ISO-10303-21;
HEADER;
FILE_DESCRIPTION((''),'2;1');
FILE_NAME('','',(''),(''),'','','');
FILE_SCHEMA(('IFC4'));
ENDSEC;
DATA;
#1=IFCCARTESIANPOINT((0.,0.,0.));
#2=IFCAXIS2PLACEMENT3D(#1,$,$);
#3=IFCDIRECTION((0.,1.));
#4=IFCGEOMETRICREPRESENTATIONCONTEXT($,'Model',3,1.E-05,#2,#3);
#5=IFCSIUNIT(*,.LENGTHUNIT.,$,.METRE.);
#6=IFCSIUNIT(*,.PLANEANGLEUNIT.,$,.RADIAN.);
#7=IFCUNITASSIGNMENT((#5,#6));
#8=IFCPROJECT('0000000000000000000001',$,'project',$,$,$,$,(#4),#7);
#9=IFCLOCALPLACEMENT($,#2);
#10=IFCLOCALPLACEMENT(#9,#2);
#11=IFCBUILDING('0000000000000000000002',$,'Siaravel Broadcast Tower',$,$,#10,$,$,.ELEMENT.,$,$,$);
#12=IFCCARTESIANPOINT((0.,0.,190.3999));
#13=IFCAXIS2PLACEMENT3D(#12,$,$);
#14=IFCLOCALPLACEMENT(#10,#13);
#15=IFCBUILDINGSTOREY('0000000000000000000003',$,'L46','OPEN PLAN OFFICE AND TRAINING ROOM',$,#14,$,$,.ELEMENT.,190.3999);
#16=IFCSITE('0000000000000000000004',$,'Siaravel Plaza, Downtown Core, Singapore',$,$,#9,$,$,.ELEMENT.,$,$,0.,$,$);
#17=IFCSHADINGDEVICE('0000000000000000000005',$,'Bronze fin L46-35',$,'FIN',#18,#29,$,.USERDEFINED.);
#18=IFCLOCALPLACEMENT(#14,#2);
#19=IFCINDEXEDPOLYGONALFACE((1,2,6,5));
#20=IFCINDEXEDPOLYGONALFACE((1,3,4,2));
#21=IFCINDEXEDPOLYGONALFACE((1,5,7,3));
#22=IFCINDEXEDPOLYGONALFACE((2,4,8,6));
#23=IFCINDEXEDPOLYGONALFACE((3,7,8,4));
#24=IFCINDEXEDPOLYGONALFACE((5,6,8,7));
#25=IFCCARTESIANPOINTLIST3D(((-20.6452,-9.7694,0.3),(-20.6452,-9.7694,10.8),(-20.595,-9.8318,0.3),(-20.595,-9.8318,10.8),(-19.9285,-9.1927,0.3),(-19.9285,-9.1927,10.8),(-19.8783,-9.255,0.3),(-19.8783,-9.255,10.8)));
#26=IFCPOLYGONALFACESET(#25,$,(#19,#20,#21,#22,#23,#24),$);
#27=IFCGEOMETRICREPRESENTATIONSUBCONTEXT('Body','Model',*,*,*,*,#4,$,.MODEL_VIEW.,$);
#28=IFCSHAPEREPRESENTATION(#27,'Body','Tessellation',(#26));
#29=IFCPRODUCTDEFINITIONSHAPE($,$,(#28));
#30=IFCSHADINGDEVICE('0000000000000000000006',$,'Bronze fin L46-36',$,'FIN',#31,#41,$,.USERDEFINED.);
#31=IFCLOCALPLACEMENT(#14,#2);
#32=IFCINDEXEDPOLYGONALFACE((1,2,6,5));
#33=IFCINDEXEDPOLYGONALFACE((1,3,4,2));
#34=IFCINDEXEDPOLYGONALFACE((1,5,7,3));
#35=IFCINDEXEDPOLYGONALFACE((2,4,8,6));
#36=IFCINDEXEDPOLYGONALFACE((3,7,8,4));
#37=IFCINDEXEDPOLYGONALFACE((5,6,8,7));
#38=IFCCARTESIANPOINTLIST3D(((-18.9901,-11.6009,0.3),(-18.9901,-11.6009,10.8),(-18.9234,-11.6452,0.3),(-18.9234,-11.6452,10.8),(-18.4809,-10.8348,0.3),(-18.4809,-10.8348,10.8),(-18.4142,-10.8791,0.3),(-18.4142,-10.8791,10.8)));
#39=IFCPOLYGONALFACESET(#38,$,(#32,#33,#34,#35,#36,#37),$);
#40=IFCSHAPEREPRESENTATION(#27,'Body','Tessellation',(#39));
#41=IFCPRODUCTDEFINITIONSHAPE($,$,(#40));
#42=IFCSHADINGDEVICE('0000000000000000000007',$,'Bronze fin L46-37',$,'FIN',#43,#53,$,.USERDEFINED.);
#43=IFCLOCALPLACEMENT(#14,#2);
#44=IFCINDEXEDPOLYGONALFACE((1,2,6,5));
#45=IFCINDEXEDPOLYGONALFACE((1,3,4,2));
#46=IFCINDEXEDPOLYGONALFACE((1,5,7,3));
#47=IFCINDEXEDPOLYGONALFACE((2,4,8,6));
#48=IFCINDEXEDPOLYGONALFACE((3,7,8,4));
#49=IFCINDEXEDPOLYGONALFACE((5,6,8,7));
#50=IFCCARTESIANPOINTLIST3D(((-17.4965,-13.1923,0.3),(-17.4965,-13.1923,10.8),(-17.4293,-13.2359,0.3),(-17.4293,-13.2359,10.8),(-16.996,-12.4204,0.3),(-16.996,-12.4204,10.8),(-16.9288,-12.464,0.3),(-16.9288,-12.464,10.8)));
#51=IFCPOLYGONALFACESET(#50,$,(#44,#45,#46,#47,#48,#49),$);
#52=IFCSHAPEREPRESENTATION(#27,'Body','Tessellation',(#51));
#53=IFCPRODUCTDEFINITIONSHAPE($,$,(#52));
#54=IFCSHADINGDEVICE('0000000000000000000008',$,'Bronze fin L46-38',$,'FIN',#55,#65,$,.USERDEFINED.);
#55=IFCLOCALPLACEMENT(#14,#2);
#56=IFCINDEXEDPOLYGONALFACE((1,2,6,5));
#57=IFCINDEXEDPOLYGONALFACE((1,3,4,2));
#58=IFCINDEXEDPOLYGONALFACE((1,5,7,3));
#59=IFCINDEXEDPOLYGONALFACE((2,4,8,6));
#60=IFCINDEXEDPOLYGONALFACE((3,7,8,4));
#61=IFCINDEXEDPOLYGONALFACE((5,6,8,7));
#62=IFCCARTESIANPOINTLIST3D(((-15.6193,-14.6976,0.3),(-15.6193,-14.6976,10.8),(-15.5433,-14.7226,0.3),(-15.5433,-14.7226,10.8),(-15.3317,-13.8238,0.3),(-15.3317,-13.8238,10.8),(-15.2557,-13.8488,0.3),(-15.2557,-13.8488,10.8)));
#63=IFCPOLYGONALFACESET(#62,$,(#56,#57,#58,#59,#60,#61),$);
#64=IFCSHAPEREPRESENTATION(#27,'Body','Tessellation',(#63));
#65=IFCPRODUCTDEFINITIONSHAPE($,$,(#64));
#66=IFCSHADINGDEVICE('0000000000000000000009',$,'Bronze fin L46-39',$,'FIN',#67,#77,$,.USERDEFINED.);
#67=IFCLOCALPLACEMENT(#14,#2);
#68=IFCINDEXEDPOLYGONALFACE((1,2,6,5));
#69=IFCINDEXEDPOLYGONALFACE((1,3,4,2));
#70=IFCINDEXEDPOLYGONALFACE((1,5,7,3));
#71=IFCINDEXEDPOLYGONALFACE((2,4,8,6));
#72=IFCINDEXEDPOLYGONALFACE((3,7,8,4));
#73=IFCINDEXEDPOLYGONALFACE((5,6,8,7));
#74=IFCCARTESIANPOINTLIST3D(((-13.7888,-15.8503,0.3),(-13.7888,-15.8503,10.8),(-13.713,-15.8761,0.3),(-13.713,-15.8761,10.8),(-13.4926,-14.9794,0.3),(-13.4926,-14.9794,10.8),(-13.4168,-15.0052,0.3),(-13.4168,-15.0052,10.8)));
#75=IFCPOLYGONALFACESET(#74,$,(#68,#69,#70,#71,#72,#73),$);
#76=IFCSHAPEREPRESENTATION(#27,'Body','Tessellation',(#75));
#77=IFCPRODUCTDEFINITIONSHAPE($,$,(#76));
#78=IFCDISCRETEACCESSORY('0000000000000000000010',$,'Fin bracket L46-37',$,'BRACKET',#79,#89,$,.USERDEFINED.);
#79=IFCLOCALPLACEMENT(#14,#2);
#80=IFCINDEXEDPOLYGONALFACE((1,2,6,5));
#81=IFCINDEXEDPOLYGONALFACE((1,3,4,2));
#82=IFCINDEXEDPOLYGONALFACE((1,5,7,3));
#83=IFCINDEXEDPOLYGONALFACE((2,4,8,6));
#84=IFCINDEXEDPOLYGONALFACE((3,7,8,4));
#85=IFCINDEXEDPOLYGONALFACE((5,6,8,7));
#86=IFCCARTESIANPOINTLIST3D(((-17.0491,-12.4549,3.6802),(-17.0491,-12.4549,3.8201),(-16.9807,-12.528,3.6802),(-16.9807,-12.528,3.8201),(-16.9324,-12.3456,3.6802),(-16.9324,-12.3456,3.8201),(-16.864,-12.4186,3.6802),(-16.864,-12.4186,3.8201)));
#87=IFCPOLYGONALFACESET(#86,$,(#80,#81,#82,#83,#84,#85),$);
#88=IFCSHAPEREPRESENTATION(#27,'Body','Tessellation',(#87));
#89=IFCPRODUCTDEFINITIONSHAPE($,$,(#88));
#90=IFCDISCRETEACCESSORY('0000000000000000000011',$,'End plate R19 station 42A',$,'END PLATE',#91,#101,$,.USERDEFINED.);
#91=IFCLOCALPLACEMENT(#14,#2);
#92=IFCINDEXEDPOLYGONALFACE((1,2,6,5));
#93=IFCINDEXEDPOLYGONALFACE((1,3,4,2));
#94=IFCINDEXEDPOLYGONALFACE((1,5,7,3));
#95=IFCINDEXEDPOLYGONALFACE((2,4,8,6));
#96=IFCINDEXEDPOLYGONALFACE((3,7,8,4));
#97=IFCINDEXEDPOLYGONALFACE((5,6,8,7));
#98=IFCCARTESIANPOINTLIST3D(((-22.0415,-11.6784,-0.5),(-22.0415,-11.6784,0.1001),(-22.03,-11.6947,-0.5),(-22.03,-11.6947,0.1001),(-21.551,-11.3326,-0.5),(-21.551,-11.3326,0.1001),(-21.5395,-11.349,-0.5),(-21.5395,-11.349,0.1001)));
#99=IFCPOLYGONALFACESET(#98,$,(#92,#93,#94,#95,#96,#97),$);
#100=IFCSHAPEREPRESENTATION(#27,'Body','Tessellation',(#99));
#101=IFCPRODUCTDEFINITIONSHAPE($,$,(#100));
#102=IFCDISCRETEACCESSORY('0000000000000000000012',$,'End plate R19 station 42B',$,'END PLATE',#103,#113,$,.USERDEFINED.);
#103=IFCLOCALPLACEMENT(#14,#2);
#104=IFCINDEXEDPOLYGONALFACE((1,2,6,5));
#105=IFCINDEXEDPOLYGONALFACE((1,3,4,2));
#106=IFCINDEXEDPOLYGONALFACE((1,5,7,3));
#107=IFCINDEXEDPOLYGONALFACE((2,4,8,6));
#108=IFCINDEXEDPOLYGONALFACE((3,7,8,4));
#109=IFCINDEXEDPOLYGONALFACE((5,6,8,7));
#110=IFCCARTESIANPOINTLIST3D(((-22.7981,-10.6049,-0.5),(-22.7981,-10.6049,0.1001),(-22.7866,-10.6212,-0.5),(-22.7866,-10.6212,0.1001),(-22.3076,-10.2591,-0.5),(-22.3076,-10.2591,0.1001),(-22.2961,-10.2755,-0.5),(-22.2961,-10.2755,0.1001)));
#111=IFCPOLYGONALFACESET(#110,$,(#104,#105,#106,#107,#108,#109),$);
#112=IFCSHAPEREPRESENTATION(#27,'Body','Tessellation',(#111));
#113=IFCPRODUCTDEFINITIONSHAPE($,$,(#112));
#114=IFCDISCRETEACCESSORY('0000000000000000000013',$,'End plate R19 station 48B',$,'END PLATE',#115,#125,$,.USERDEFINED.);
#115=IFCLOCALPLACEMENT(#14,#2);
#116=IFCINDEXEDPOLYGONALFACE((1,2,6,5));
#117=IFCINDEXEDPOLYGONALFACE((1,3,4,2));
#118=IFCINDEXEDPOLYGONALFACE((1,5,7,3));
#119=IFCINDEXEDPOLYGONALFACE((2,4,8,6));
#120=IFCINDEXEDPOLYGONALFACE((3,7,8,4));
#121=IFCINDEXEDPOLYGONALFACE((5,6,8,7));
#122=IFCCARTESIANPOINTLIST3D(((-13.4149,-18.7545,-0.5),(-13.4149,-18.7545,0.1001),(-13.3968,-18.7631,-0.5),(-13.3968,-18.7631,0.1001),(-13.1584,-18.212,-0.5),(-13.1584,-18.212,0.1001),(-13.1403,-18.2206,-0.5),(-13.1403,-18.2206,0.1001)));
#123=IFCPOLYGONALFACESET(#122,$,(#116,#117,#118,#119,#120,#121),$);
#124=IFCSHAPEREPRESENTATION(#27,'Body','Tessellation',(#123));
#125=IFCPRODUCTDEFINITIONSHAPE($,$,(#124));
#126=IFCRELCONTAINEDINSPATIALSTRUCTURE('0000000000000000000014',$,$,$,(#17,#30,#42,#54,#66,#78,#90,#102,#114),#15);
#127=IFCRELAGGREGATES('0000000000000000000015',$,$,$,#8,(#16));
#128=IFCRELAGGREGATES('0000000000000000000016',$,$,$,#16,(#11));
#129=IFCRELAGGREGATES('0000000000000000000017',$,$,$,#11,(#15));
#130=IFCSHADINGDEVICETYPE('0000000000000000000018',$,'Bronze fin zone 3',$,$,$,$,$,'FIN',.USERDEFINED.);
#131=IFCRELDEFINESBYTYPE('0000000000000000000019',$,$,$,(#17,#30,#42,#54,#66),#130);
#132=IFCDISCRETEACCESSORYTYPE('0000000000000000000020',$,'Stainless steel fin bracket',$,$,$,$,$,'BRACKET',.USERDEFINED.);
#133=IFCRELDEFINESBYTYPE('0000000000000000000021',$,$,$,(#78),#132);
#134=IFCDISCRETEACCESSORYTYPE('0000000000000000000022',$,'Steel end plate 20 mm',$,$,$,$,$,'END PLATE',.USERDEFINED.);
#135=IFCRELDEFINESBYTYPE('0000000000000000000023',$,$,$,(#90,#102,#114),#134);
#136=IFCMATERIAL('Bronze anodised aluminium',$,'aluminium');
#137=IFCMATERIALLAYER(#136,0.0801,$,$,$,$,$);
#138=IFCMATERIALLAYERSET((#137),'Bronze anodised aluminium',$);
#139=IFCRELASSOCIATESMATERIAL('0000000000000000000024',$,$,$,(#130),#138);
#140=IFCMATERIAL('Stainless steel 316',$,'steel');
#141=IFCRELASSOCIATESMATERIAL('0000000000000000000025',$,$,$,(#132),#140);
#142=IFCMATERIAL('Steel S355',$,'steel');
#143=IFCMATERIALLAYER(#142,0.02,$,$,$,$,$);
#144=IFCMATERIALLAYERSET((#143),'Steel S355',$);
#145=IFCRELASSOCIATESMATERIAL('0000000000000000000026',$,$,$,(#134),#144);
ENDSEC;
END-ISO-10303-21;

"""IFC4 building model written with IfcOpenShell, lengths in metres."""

from ifc_helpers import new_model, si_unit, direction, frame, origin, origin_2d, place, context, subcontext, project, spatial, rectangle, extrude, material, layer, layer_set, type_object, element, save


model = new_model("IFC4")

# Units and contexts
model_context = context("Model", 3, precision=1e-05, world=origin(), true_north=direction((0.0, 1.0)))
body_context = subcontext(model_context, "Body", "Model", "MODEL_VIEW")
ifc_project = project(units=[si_unit("LENGTHUNIT", "METRE"), si_unit("PLANEANGLEUNIT", "RADIAN")], contexts=[model_context])

# Site, building, storey
site_placement = place(None, origin())
site = spatial("IfcSite", under=ifc_project, at=site_placement, Name="Siaravel Plaza, Downtown Core, Singapore", CompositionType="ELEMENT", RefElevation=0.0)
building_placement = place(site_placement, origin())
building = spatial("IfcBuilding", under=site, at=building_placement, Name="Siaravel Broadcast Tower", CompositionType="ELEMENT")
storey_placement = place(building_placement, frame((0.0, 0.0, 190.3999)))
storey = spatial("IfcBuildingStorey", under=building, at=storey_placement, Name="L46", Description="OPEN PLAN OFFICE AND TRAINING ROOM", CompositionType="ELEMENT", Elevation=190.3999)

# Shared definitions
ifc_material_1 = material(Name="Steel S355", Category="steel")

# Shading devices
ifc_material_2 = material(Name="Bronze anodised aluminium", Category="aluminium")
ifc_layer_1 = layer(ifc_material_2, 0.0801)
ifc_layer_set_1 = layer_set([ifc_layer_1], Name="Bronze anodised aluminium")
shading_device_type = type_object("IfcShadingDeviceType", Name="Bronze fin zone 3", ElementType="FIN", PredefinedType="USERDEFINED", material=ifc_layer_set_1)
for number, where, z_axis, x_axis, name in (
    (1, (-20.2617, -9.5122, 0.3), (0.0, 0.0, 1.0), (-0.779085, -0.626918, 0.0), "Bronze fin L46-35"),
    (2, (-18.7021, -11.24, 0.3), (0.0, 0.0, 1.0), (-0.55353, -0.832829, 0.0), "Bronze fin L46-36"),
    (3, (-17.2126, -12.8281, 0.3), (0.0, 0.0, 1.0), (-0.543999, -0.839086, 0.0), "Bronze fin L46-37"),
    (4, (-15.4375, -14.2732, 0.3), (0.0, 0.0, 1.0), (-0.312613, -0.94988, 0.0), "Bronze fin L46-38"),
    (5, (-13.6028, -15.4277, 0.3), (0.0, 0.0, 1.0), (-0.32199, -0.946743, 0.0), "Bronze fin L46-39"),
):
    element("IfcShadingDevice", number, at=place(storey_placement, frame(where, z_axis=z_axis, x_axis=x_axis)), inside=storey, type_object=shading_device_type, Name=name, ObjectType="FIN", PredefinedType="USERDEFINED", context=body_context, shape_type="SweptSolid", body=[
        extrude(rectangle(XDim=0.9199, YDim=0.0801, at=origin_2d()), origin(), (0.0, 0.0, 1.0), 10.5),
    ])

# Discrete accessories
ifc_material_3 = material(Name="Stainless steel 316", Category="steel")
discrete_accessory_type_1 = type_object("IfcDiscreteAccessoryType", Name="Stainless steel fin bracket", ElementType="BRACKET", PredefinedType="USERDEFINED", material=ifc_material_3)
discrete_accessory_placement = place(storey_placement, frame((-16.9565, -12.4368, 3.6802), z_axis=(0.0, 0.0, 1.0), x_axis=(-0.729806, -0.683655, 0.0)))
element("IfcDiscreteAccessory", 6, at=discrete_accessory_placement, inside=storey, type_object=discrete_accessory_type_1, Name="Fin bracket L46-37", ObjectType="BRACKET", PredefinedType="USERDEFINED", context=body_context, shape_type="SweptSolid", body=[
    extrude(rectangle(XDim=0.1599, YDim=0.1001, at=origin_2d()), origin(), (0.0, 0.0, 1.0), 0.1399),
])
ifc_layer_2 = layer(ifc_material_1, 0.02)
ifc_layer_set_2 = layer_set([ifc_layer_2], Name="Steel S355")
discrete_accessory_type_2 = type_object("IfcDiscreteAccessoryType", Name="Steel end plate 20 mm", ElementType="END PLATE", PredefinedType="USERDEFINED", material=ifc_layer_set_2)
for number, where, z_axis, x_axis, name in (
    (7, (-21.7905, -11.5137, -0.5), (0.0, 0.0, 1.0), (0.57612, -0.817365, 0.0), "End plate R19 station 42A"),
    (8, (-22.5471, -10.4402, -0.5), (0.0, 0.0, 1.0), (0.57612, -0.817365, 0.0), "End plate R19 station 42B"),
    (9, (-13.2776, -18.4875, -0.5), (0.0, 0.0, 1.0), (0.904007, -0.427517, 0.0), "End plate R19 station 48B"),
):
    element("IfcDiscreteAccessory", number, at=place(storey_placement, frame(where, z_axis=z_axis, x_axis=x_axis)), inside=storey, type_object=discrete_accessory_type_2, Name=name, ObjectType="END PLATE", PredefinedType="USERDEFINED", context=body_context, shape_type="SweptSolid", body=[
        extrude(rectangle(XDim=0.02, YDim=0.6001, at=origin_2d()), origin(), (0.0, 0.0, 1.0), 0.6001),
    ])

save(model, "model.ifc")
